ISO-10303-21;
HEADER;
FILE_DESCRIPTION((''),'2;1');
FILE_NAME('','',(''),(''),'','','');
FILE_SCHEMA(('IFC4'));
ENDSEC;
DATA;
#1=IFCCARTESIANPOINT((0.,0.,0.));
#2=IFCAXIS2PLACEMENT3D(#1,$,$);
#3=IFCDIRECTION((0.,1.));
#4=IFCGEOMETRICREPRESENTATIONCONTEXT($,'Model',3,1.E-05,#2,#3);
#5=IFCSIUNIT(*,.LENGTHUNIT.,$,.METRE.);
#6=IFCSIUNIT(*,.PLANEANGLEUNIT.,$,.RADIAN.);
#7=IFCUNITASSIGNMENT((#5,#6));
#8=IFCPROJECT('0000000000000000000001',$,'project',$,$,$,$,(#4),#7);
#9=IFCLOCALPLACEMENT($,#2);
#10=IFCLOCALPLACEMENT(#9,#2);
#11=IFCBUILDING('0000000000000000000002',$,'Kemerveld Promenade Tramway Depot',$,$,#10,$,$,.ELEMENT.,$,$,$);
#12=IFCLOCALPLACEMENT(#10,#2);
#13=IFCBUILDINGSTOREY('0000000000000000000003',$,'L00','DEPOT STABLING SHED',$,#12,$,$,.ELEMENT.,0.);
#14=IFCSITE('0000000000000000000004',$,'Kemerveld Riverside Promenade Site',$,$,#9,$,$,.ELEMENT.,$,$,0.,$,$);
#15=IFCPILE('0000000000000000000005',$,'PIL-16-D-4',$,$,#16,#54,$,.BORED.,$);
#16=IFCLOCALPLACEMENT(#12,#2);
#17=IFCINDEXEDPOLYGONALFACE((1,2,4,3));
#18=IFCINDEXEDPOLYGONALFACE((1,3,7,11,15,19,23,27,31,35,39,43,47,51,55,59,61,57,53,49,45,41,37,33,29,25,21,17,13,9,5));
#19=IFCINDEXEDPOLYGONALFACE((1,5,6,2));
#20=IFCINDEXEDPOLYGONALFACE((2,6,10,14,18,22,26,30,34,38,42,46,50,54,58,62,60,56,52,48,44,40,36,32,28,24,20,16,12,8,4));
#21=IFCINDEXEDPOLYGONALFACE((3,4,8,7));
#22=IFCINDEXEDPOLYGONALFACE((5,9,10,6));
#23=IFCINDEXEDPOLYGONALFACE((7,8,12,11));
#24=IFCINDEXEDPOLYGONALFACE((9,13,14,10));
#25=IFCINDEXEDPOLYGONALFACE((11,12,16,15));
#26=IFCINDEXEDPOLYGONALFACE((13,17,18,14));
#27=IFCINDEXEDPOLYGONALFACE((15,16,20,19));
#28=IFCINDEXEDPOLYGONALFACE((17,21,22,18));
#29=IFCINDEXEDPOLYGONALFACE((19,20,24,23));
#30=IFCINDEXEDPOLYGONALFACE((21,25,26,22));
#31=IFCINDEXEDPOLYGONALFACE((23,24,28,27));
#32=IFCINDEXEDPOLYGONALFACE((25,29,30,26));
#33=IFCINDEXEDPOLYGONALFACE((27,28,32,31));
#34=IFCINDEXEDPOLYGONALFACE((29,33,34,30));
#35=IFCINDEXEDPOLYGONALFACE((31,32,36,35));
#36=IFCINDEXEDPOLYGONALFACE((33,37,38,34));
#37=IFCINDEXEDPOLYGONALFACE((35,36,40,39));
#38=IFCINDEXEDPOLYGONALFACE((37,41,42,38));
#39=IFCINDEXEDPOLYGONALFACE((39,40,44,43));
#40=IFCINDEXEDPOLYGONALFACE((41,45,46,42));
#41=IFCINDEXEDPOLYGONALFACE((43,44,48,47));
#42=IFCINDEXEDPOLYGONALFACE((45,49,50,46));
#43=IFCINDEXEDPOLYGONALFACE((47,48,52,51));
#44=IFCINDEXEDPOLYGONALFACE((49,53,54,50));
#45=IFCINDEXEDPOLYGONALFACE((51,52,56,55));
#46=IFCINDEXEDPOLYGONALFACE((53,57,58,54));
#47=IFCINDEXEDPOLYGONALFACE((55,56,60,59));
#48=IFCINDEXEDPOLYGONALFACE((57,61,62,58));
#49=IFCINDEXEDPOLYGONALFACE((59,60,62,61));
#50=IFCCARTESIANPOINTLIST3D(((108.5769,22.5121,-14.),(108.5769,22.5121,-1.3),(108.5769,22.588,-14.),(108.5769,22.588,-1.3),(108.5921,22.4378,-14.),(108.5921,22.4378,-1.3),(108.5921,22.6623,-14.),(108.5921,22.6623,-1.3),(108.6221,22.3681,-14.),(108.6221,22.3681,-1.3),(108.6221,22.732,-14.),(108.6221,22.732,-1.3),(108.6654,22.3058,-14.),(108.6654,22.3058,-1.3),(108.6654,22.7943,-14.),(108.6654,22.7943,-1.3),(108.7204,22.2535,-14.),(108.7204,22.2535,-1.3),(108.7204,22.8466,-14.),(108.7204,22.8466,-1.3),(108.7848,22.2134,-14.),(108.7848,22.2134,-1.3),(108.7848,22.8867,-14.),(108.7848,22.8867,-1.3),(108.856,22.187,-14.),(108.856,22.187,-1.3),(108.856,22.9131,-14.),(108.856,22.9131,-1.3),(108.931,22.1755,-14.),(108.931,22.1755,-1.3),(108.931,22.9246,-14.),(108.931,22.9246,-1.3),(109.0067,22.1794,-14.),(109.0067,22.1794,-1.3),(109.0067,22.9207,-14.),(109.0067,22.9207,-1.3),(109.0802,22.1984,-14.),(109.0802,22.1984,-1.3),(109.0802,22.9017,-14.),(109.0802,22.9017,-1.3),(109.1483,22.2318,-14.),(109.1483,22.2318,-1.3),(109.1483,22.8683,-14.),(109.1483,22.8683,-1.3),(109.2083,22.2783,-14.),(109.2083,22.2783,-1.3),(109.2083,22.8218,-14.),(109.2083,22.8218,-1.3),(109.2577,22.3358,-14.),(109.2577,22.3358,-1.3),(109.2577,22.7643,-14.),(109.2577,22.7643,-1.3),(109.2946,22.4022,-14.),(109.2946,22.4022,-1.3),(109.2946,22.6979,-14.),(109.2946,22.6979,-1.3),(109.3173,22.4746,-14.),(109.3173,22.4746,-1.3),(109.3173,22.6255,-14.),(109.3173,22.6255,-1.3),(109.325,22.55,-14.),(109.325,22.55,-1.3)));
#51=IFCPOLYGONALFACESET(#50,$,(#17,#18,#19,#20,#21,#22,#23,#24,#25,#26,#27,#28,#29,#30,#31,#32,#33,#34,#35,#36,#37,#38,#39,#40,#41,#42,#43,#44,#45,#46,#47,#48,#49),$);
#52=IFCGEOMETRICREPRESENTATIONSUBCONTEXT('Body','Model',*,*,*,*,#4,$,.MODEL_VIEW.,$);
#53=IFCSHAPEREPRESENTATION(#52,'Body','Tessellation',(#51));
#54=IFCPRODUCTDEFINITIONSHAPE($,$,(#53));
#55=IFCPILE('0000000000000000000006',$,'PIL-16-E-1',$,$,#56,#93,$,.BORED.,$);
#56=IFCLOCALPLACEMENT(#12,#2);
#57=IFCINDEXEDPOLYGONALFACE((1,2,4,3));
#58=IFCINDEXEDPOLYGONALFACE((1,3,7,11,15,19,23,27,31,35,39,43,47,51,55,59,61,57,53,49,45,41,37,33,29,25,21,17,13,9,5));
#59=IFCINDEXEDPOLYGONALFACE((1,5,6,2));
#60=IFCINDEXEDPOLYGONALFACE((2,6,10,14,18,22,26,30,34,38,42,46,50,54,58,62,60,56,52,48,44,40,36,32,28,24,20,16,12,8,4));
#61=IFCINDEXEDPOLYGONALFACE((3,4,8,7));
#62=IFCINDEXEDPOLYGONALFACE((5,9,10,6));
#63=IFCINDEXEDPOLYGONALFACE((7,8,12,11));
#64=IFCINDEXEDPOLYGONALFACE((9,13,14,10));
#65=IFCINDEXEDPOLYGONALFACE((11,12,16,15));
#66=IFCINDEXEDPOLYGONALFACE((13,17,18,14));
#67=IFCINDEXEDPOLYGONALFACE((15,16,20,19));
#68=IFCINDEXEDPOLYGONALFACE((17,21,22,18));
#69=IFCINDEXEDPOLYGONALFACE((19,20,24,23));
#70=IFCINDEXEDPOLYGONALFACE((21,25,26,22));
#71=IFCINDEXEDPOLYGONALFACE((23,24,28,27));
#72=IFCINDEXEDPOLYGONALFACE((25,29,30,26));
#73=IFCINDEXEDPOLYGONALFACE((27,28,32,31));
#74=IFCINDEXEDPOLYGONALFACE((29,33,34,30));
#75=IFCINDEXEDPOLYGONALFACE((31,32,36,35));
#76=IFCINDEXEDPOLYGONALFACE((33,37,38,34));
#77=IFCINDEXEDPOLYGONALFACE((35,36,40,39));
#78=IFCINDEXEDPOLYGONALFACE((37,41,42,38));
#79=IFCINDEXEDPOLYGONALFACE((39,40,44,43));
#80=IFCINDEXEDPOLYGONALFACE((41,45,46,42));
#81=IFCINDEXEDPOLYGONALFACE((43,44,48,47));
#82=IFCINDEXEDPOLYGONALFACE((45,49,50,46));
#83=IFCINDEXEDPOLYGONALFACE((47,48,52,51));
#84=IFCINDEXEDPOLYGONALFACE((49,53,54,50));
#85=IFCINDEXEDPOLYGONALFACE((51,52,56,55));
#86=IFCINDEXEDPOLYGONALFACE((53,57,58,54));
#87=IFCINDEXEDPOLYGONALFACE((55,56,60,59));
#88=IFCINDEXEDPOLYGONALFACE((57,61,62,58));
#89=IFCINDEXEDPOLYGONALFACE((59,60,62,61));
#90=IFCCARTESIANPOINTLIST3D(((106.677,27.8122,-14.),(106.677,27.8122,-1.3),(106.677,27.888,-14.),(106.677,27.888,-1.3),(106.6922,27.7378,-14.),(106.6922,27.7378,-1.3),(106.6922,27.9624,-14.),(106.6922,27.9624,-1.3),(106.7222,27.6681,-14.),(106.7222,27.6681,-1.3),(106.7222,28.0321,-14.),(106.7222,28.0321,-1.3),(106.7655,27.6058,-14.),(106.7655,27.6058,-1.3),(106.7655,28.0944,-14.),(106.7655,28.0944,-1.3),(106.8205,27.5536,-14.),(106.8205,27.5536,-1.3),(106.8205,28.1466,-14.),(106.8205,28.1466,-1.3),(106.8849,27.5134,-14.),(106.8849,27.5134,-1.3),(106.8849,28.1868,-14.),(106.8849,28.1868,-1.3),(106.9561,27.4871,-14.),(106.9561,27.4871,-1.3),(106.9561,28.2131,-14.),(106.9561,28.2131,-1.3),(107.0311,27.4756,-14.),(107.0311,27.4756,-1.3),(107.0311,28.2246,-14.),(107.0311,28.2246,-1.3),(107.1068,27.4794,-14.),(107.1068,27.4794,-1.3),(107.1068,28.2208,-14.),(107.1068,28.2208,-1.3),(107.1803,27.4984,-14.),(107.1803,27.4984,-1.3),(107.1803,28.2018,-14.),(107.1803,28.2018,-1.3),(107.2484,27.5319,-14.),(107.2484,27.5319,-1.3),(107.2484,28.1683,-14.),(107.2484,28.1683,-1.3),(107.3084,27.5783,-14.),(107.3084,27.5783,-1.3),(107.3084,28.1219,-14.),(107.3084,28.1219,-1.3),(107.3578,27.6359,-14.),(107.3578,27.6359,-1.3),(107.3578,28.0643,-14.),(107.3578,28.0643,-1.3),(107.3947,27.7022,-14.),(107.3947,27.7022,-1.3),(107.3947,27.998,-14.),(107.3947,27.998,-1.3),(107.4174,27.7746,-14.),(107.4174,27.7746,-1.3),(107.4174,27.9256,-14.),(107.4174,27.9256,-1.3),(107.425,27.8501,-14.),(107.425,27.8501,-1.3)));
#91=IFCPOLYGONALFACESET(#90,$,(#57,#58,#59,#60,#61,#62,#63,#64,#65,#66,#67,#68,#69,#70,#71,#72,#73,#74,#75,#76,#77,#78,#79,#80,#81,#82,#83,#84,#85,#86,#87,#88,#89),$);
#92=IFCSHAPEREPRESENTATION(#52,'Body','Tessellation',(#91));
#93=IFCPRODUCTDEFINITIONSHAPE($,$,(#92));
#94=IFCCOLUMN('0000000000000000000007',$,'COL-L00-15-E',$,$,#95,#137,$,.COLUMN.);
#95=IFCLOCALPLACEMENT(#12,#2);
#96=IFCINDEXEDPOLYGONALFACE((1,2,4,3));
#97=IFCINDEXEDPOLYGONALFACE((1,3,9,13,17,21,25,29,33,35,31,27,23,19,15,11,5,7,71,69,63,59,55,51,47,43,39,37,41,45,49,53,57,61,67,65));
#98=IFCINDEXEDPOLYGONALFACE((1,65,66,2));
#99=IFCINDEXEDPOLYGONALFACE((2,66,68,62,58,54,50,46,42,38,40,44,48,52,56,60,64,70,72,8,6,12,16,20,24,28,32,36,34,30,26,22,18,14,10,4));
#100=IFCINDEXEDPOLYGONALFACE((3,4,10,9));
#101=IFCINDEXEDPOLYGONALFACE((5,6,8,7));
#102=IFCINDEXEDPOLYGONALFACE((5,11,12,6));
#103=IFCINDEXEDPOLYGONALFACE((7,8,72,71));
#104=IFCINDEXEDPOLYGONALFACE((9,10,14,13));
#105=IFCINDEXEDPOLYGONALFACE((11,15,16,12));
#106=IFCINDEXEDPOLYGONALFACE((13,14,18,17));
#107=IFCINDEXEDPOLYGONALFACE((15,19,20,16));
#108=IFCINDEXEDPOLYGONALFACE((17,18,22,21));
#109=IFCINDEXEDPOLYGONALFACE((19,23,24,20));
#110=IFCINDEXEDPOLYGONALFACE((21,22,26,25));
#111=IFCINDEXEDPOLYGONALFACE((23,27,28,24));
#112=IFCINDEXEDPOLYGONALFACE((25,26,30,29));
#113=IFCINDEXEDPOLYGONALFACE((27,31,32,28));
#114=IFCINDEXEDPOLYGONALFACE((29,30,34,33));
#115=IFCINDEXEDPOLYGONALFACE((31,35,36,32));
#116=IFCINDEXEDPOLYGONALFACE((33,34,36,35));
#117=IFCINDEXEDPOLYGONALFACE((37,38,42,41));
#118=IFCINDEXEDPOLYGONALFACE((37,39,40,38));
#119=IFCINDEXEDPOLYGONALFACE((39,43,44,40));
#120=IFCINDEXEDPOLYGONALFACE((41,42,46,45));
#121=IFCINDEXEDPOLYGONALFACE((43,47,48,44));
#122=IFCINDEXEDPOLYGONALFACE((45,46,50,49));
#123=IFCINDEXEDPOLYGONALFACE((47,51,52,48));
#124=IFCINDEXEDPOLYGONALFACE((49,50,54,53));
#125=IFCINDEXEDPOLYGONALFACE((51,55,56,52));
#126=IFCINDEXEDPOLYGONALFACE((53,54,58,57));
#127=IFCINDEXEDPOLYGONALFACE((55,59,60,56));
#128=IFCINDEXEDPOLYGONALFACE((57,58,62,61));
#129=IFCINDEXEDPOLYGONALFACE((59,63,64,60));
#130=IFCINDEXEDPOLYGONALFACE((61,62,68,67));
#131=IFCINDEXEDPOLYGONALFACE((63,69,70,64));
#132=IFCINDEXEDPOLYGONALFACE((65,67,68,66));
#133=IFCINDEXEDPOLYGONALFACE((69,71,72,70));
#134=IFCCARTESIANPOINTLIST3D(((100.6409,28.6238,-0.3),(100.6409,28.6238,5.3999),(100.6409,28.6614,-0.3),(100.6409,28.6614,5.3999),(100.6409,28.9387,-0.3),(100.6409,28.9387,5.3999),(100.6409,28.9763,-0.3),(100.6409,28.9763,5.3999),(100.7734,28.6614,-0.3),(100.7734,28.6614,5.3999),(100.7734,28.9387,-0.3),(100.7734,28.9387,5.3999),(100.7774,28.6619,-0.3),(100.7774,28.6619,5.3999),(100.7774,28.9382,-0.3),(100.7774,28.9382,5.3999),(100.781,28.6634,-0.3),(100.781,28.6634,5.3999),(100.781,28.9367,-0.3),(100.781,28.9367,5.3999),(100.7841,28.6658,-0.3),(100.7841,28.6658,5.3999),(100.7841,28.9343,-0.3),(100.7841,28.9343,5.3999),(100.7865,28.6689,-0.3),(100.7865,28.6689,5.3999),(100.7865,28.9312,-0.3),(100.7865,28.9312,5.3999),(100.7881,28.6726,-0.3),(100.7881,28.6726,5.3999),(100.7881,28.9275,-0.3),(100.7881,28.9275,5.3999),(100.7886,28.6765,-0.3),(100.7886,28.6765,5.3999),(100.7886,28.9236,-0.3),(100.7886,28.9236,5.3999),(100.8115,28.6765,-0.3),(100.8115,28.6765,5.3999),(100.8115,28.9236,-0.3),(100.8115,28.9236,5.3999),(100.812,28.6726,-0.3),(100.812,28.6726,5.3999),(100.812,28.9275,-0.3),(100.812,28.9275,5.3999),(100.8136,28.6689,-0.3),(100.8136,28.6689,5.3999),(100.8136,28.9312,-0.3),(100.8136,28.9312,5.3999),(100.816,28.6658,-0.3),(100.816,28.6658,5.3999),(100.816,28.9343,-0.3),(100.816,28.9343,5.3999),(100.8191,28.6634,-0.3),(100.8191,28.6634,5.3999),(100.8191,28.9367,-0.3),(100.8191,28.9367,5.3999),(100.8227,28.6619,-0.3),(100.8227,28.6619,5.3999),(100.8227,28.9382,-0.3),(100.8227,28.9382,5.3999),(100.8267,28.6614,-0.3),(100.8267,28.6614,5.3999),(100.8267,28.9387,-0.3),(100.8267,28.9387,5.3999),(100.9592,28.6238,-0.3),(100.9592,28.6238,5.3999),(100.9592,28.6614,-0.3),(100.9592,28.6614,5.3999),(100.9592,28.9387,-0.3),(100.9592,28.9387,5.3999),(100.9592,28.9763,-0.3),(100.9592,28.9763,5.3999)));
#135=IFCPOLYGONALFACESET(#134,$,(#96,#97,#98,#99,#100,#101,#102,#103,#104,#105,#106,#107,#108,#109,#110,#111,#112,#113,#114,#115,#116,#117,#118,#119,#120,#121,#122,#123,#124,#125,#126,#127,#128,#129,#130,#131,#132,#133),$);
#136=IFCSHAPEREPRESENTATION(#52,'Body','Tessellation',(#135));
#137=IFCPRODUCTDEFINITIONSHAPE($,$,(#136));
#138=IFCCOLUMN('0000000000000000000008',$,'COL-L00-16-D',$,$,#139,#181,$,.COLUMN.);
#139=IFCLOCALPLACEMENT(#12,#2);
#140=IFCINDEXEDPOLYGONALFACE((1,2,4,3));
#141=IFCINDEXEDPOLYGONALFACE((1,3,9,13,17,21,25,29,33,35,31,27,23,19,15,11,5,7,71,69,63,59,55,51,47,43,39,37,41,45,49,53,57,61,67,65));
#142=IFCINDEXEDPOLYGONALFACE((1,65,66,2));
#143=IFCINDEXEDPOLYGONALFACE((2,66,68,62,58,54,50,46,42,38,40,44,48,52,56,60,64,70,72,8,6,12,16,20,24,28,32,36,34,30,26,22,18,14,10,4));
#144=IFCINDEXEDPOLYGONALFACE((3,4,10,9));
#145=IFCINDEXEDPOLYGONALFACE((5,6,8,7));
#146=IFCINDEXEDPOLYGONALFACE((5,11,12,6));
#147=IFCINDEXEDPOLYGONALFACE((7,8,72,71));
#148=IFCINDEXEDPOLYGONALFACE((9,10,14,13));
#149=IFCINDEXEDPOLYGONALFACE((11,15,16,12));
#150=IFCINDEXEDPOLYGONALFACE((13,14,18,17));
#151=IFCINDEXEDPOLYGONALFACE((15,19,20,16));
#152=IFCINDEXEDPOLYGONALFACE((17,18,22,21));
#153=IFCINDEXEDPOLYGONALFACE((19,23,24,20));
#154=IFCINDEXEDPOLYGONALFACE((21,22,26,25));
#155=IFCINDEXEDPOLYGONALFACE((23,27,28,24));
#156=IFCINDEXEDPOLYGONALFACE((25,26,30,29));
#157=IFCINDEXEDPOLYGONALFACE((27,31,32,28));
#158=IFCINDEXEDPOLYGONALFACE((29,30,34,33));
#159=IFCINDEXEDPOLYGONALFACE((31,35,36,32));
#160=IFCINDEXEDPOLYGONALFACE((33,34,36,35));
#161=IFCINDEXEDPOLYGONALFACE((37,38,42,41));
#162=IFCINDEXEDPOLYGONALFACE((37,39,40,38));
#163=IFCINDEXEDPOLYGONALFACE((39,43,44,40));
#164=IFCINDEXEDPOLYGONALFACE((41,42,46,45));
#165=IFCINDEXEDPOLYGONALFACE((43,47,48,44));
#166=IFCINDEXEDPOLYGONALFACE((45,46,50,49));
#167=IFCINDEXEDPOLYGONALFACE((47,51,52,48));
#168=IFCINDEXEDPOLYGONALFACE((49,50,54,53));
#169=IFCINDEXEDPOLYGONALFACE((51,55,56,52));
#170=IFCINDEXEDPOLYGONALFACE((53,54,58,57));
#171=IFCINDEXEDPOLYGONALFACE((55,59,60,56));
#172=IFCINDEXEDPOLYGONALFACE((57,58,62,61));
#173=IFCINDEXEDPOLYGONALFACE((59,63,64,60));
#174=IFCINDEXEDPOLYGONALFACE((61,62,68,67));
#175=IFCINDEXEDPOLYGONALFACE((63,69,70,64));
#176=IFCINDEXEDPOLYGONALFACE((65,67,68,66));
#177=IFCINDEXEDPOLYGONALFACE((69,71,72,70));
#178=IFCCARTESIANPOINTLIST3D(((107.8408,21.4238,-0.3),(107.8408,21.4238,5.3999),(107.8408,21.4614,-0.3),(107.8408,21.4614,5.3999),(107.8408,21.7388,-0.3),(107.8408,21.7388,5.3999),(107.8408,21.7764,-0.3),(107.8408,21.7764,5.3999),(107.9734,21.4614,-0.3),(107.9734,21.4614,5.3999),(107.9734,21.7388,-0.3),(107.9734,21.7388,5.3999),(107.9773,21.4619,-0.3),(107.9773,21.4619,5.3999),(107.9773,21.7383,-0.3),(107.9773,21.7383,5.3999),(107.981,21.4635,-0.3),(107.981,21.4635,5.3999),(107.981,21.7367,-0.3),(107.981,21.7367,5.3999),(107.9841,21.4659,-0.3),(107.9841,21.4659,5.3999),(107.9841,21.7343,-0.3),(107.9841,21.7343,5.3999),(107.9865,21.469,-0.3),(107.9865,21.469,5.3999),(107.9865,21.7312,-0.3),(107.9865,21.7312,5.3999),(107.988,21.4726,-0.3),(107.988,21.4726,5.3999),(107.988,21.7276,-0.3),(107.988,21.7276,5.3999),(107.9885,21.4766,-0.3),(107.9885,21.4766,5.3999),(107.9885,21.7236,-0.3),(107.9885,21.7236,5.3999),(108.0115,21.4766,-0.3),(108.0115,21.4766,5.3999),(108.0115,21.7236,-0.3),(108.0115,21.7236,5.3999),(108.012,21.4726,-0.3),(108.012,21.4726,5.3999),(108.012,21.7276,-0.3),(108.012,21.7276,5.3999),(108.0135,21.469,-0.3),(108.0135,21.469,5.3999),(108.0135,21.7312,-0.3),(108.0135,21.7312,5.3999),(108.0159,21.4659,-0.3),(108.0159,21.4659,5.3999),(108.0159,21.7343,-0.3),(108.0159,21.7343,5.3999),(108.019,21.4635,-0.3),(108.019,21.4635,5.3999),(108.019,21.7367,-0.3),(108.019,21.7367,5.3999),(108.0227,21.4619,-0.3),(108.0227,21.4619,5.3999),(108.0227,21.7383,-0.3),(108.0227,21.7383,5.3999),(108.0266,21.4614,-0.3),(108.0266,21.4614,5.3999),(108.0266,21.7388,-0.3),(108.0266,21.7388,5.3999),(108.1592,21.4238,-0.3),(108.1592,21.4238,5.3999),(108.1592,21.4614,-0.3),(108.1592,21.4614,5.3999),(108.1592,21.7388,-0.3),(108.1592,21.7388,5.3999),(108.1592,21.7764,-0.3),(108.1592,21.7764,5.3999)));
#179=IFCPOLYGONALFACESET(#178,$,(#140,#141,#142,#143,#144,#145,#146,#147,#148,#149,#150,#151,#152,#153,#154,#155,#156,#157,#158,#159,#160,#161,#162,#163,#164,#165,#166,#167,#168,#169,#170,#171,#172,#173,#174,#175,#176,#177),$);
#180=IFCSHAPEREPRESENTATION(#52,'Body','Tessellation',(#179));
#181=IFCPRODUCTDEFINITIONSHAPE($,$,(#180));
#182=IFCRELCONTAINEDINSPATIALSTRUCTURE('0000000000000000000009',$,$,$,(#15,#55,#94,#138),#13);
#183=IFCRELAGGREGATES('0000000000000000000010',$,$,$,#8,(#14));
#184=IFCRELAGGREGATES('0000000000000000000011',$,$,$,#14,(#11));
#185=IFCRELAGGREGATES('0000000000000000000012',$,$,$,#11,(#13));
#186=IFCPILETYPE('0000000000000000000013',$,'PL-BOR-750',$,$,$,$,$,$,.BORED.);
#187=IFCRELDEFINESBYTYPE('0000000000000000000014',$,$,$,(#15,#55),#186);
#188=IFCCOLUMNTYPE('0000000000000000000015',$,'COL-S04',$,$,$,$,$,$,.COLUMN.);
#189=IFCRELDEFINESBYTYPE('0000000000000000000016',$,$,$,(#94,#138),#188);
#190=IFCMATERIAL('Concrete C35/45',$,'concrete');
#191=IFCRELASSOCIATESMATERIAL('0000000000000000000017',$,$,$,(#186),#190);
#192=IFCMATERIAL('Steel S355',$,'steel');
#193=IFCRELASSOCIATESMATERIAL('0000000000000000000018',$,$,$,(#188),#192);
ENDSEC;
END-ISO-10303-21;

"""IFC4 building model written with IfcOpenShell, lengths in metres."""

from ifc_helpers import new_model, si_unit, direction, frame, origin, origin_2d, place, context, subcontext, project, spatial, circle, i_section, extrude, material, material_profile, profile_set, type_object, element, save


model = new_model("IFC4")

# Units and contexts
model_context = context("Model", 3, precision=1e-05, world=origin(), true_north=direction((0.0, 1.0)))
body_context = subcontext(model_context, "Body", "Model", "MODEL_VIEW")
ifc_project = project(units=[si_unit("LENGTHUNIT", "METRE"), si_unit("PLANEANGLEUNIT", "RADIAN")], contexts=[model_context])

# Site, building, storey
site_placement = place(None, origin())
site = spatial("IfcSite", under=ifc_project, at=site_placement, Name="Kemerveld Riverside Promenade Site", CompositionType="ELEMENT", RefElevation=0.0)
building_placement = place(site_placement, origin())
building = spatial("IfcBuilding", under=site, at=building_placement, Name="Kemerveld Promenade Tramway Depot", CompositionType="ELEMENT")
storey_placement = place(building_placement, origin())
storey = spatial("IfcBuildingStorey", under=building, at=storey_placement, Name="L00", Description="DEPOT STABLING SHED", CompositionType="ELEMENT", Elevation=0.0)

# Shared definitions
ifc_material_1 = material(Name="Concrete C35/45", Category="concrete")

# Piles
ifc_material_profile_1 = material_profile(ifc_material_1, circle(Radius=0.375, at=origin_2d()), Name="PILE-D750")
ifc_profile_set_1 = profile_set([ifc_material_profile_1], Name="Concrete C35/45")
pile_type = type_object("IfcPileType", Name="PL-BOR-750", PredefinedType="BORED", material=ifc_profile_set_1)
for number, where, z_axis, x_axis, name in (
    (1, (108.95, 22.55, -1.3), (0.0, 0.0, -1.0), (1.0, 0.0, 0.0), "PIL-16-D-4"),
    (2, (107.05, 27.8501, -1.3), (0.0, 0.0, -1.0), (1.0, 0.0, 0.0), "PIL-16-E-1"),
):
    element("IfcPile", number, at=place(storey_placement, frame(where, z_axis=z_axis, x_axis=x_axis)), inside=storey, type_object=pile_type, Name=name, PredefinedType="BORED", context=body_context, shape_type="SweptSolid", body=[
        extrude(circle(Radius=0.375, at=origin_2d()), origin(), (0.0, 0.0, 1.0), 12.7),
    ])

# Columns
ifc_material_2 = material(Name="Steel S355", Category="steel")
ifc_material_profile_2 = material_profile(ifc_material_2, i_section(OverallWidth=0.3184, OverallDepth=0.3525, WebThickness=0.0229, FlangeThickness=0.0376, FilletRadius=0.0151, at=origin_2d()), Name="305x305x240 UC")
ifc_profile_set_2 = profile_set([ifc_material_profile_2], Name="Steel S355")
column_type = type_object("IfcColumnType", Name="COL-S04", PredefinedType="COLUMN", material=ifc_profile_set_2)
for number, where, z_axis, x_axis, name in (
    (3, (100.8, 28.8, -0.3), (0.0, 0.0, 1.0), (1.0, 0.0, 0.0), "COL-L00-15-E"),
    (4, (108.0, 21.6001, -0.3), (0.0, 0.0, 1.0), (1.0, 0.0, 0.0), "COL-L00-16-D"),
):
    element("IfcColumn", number, at=place(storey_placement, frame(where, z_axis=z_axis, x_axis=x_axis)), inside=storey, type_object=column_type, Name=name, PredefinedType="COLUMN", context=body_context, shape_type="SweptSolid", body=[
        extrude(i_section(OverallWidth=0.3184, OverallDepth=0.3525, WebThickness=0.0229, FlangeThickness=0.0376, FilletRadius=0.0151, at=origin_2d()), origin(), (0.0, 0.0, 1.0), 5.7),
    ])

save(model, "model.ifc")
